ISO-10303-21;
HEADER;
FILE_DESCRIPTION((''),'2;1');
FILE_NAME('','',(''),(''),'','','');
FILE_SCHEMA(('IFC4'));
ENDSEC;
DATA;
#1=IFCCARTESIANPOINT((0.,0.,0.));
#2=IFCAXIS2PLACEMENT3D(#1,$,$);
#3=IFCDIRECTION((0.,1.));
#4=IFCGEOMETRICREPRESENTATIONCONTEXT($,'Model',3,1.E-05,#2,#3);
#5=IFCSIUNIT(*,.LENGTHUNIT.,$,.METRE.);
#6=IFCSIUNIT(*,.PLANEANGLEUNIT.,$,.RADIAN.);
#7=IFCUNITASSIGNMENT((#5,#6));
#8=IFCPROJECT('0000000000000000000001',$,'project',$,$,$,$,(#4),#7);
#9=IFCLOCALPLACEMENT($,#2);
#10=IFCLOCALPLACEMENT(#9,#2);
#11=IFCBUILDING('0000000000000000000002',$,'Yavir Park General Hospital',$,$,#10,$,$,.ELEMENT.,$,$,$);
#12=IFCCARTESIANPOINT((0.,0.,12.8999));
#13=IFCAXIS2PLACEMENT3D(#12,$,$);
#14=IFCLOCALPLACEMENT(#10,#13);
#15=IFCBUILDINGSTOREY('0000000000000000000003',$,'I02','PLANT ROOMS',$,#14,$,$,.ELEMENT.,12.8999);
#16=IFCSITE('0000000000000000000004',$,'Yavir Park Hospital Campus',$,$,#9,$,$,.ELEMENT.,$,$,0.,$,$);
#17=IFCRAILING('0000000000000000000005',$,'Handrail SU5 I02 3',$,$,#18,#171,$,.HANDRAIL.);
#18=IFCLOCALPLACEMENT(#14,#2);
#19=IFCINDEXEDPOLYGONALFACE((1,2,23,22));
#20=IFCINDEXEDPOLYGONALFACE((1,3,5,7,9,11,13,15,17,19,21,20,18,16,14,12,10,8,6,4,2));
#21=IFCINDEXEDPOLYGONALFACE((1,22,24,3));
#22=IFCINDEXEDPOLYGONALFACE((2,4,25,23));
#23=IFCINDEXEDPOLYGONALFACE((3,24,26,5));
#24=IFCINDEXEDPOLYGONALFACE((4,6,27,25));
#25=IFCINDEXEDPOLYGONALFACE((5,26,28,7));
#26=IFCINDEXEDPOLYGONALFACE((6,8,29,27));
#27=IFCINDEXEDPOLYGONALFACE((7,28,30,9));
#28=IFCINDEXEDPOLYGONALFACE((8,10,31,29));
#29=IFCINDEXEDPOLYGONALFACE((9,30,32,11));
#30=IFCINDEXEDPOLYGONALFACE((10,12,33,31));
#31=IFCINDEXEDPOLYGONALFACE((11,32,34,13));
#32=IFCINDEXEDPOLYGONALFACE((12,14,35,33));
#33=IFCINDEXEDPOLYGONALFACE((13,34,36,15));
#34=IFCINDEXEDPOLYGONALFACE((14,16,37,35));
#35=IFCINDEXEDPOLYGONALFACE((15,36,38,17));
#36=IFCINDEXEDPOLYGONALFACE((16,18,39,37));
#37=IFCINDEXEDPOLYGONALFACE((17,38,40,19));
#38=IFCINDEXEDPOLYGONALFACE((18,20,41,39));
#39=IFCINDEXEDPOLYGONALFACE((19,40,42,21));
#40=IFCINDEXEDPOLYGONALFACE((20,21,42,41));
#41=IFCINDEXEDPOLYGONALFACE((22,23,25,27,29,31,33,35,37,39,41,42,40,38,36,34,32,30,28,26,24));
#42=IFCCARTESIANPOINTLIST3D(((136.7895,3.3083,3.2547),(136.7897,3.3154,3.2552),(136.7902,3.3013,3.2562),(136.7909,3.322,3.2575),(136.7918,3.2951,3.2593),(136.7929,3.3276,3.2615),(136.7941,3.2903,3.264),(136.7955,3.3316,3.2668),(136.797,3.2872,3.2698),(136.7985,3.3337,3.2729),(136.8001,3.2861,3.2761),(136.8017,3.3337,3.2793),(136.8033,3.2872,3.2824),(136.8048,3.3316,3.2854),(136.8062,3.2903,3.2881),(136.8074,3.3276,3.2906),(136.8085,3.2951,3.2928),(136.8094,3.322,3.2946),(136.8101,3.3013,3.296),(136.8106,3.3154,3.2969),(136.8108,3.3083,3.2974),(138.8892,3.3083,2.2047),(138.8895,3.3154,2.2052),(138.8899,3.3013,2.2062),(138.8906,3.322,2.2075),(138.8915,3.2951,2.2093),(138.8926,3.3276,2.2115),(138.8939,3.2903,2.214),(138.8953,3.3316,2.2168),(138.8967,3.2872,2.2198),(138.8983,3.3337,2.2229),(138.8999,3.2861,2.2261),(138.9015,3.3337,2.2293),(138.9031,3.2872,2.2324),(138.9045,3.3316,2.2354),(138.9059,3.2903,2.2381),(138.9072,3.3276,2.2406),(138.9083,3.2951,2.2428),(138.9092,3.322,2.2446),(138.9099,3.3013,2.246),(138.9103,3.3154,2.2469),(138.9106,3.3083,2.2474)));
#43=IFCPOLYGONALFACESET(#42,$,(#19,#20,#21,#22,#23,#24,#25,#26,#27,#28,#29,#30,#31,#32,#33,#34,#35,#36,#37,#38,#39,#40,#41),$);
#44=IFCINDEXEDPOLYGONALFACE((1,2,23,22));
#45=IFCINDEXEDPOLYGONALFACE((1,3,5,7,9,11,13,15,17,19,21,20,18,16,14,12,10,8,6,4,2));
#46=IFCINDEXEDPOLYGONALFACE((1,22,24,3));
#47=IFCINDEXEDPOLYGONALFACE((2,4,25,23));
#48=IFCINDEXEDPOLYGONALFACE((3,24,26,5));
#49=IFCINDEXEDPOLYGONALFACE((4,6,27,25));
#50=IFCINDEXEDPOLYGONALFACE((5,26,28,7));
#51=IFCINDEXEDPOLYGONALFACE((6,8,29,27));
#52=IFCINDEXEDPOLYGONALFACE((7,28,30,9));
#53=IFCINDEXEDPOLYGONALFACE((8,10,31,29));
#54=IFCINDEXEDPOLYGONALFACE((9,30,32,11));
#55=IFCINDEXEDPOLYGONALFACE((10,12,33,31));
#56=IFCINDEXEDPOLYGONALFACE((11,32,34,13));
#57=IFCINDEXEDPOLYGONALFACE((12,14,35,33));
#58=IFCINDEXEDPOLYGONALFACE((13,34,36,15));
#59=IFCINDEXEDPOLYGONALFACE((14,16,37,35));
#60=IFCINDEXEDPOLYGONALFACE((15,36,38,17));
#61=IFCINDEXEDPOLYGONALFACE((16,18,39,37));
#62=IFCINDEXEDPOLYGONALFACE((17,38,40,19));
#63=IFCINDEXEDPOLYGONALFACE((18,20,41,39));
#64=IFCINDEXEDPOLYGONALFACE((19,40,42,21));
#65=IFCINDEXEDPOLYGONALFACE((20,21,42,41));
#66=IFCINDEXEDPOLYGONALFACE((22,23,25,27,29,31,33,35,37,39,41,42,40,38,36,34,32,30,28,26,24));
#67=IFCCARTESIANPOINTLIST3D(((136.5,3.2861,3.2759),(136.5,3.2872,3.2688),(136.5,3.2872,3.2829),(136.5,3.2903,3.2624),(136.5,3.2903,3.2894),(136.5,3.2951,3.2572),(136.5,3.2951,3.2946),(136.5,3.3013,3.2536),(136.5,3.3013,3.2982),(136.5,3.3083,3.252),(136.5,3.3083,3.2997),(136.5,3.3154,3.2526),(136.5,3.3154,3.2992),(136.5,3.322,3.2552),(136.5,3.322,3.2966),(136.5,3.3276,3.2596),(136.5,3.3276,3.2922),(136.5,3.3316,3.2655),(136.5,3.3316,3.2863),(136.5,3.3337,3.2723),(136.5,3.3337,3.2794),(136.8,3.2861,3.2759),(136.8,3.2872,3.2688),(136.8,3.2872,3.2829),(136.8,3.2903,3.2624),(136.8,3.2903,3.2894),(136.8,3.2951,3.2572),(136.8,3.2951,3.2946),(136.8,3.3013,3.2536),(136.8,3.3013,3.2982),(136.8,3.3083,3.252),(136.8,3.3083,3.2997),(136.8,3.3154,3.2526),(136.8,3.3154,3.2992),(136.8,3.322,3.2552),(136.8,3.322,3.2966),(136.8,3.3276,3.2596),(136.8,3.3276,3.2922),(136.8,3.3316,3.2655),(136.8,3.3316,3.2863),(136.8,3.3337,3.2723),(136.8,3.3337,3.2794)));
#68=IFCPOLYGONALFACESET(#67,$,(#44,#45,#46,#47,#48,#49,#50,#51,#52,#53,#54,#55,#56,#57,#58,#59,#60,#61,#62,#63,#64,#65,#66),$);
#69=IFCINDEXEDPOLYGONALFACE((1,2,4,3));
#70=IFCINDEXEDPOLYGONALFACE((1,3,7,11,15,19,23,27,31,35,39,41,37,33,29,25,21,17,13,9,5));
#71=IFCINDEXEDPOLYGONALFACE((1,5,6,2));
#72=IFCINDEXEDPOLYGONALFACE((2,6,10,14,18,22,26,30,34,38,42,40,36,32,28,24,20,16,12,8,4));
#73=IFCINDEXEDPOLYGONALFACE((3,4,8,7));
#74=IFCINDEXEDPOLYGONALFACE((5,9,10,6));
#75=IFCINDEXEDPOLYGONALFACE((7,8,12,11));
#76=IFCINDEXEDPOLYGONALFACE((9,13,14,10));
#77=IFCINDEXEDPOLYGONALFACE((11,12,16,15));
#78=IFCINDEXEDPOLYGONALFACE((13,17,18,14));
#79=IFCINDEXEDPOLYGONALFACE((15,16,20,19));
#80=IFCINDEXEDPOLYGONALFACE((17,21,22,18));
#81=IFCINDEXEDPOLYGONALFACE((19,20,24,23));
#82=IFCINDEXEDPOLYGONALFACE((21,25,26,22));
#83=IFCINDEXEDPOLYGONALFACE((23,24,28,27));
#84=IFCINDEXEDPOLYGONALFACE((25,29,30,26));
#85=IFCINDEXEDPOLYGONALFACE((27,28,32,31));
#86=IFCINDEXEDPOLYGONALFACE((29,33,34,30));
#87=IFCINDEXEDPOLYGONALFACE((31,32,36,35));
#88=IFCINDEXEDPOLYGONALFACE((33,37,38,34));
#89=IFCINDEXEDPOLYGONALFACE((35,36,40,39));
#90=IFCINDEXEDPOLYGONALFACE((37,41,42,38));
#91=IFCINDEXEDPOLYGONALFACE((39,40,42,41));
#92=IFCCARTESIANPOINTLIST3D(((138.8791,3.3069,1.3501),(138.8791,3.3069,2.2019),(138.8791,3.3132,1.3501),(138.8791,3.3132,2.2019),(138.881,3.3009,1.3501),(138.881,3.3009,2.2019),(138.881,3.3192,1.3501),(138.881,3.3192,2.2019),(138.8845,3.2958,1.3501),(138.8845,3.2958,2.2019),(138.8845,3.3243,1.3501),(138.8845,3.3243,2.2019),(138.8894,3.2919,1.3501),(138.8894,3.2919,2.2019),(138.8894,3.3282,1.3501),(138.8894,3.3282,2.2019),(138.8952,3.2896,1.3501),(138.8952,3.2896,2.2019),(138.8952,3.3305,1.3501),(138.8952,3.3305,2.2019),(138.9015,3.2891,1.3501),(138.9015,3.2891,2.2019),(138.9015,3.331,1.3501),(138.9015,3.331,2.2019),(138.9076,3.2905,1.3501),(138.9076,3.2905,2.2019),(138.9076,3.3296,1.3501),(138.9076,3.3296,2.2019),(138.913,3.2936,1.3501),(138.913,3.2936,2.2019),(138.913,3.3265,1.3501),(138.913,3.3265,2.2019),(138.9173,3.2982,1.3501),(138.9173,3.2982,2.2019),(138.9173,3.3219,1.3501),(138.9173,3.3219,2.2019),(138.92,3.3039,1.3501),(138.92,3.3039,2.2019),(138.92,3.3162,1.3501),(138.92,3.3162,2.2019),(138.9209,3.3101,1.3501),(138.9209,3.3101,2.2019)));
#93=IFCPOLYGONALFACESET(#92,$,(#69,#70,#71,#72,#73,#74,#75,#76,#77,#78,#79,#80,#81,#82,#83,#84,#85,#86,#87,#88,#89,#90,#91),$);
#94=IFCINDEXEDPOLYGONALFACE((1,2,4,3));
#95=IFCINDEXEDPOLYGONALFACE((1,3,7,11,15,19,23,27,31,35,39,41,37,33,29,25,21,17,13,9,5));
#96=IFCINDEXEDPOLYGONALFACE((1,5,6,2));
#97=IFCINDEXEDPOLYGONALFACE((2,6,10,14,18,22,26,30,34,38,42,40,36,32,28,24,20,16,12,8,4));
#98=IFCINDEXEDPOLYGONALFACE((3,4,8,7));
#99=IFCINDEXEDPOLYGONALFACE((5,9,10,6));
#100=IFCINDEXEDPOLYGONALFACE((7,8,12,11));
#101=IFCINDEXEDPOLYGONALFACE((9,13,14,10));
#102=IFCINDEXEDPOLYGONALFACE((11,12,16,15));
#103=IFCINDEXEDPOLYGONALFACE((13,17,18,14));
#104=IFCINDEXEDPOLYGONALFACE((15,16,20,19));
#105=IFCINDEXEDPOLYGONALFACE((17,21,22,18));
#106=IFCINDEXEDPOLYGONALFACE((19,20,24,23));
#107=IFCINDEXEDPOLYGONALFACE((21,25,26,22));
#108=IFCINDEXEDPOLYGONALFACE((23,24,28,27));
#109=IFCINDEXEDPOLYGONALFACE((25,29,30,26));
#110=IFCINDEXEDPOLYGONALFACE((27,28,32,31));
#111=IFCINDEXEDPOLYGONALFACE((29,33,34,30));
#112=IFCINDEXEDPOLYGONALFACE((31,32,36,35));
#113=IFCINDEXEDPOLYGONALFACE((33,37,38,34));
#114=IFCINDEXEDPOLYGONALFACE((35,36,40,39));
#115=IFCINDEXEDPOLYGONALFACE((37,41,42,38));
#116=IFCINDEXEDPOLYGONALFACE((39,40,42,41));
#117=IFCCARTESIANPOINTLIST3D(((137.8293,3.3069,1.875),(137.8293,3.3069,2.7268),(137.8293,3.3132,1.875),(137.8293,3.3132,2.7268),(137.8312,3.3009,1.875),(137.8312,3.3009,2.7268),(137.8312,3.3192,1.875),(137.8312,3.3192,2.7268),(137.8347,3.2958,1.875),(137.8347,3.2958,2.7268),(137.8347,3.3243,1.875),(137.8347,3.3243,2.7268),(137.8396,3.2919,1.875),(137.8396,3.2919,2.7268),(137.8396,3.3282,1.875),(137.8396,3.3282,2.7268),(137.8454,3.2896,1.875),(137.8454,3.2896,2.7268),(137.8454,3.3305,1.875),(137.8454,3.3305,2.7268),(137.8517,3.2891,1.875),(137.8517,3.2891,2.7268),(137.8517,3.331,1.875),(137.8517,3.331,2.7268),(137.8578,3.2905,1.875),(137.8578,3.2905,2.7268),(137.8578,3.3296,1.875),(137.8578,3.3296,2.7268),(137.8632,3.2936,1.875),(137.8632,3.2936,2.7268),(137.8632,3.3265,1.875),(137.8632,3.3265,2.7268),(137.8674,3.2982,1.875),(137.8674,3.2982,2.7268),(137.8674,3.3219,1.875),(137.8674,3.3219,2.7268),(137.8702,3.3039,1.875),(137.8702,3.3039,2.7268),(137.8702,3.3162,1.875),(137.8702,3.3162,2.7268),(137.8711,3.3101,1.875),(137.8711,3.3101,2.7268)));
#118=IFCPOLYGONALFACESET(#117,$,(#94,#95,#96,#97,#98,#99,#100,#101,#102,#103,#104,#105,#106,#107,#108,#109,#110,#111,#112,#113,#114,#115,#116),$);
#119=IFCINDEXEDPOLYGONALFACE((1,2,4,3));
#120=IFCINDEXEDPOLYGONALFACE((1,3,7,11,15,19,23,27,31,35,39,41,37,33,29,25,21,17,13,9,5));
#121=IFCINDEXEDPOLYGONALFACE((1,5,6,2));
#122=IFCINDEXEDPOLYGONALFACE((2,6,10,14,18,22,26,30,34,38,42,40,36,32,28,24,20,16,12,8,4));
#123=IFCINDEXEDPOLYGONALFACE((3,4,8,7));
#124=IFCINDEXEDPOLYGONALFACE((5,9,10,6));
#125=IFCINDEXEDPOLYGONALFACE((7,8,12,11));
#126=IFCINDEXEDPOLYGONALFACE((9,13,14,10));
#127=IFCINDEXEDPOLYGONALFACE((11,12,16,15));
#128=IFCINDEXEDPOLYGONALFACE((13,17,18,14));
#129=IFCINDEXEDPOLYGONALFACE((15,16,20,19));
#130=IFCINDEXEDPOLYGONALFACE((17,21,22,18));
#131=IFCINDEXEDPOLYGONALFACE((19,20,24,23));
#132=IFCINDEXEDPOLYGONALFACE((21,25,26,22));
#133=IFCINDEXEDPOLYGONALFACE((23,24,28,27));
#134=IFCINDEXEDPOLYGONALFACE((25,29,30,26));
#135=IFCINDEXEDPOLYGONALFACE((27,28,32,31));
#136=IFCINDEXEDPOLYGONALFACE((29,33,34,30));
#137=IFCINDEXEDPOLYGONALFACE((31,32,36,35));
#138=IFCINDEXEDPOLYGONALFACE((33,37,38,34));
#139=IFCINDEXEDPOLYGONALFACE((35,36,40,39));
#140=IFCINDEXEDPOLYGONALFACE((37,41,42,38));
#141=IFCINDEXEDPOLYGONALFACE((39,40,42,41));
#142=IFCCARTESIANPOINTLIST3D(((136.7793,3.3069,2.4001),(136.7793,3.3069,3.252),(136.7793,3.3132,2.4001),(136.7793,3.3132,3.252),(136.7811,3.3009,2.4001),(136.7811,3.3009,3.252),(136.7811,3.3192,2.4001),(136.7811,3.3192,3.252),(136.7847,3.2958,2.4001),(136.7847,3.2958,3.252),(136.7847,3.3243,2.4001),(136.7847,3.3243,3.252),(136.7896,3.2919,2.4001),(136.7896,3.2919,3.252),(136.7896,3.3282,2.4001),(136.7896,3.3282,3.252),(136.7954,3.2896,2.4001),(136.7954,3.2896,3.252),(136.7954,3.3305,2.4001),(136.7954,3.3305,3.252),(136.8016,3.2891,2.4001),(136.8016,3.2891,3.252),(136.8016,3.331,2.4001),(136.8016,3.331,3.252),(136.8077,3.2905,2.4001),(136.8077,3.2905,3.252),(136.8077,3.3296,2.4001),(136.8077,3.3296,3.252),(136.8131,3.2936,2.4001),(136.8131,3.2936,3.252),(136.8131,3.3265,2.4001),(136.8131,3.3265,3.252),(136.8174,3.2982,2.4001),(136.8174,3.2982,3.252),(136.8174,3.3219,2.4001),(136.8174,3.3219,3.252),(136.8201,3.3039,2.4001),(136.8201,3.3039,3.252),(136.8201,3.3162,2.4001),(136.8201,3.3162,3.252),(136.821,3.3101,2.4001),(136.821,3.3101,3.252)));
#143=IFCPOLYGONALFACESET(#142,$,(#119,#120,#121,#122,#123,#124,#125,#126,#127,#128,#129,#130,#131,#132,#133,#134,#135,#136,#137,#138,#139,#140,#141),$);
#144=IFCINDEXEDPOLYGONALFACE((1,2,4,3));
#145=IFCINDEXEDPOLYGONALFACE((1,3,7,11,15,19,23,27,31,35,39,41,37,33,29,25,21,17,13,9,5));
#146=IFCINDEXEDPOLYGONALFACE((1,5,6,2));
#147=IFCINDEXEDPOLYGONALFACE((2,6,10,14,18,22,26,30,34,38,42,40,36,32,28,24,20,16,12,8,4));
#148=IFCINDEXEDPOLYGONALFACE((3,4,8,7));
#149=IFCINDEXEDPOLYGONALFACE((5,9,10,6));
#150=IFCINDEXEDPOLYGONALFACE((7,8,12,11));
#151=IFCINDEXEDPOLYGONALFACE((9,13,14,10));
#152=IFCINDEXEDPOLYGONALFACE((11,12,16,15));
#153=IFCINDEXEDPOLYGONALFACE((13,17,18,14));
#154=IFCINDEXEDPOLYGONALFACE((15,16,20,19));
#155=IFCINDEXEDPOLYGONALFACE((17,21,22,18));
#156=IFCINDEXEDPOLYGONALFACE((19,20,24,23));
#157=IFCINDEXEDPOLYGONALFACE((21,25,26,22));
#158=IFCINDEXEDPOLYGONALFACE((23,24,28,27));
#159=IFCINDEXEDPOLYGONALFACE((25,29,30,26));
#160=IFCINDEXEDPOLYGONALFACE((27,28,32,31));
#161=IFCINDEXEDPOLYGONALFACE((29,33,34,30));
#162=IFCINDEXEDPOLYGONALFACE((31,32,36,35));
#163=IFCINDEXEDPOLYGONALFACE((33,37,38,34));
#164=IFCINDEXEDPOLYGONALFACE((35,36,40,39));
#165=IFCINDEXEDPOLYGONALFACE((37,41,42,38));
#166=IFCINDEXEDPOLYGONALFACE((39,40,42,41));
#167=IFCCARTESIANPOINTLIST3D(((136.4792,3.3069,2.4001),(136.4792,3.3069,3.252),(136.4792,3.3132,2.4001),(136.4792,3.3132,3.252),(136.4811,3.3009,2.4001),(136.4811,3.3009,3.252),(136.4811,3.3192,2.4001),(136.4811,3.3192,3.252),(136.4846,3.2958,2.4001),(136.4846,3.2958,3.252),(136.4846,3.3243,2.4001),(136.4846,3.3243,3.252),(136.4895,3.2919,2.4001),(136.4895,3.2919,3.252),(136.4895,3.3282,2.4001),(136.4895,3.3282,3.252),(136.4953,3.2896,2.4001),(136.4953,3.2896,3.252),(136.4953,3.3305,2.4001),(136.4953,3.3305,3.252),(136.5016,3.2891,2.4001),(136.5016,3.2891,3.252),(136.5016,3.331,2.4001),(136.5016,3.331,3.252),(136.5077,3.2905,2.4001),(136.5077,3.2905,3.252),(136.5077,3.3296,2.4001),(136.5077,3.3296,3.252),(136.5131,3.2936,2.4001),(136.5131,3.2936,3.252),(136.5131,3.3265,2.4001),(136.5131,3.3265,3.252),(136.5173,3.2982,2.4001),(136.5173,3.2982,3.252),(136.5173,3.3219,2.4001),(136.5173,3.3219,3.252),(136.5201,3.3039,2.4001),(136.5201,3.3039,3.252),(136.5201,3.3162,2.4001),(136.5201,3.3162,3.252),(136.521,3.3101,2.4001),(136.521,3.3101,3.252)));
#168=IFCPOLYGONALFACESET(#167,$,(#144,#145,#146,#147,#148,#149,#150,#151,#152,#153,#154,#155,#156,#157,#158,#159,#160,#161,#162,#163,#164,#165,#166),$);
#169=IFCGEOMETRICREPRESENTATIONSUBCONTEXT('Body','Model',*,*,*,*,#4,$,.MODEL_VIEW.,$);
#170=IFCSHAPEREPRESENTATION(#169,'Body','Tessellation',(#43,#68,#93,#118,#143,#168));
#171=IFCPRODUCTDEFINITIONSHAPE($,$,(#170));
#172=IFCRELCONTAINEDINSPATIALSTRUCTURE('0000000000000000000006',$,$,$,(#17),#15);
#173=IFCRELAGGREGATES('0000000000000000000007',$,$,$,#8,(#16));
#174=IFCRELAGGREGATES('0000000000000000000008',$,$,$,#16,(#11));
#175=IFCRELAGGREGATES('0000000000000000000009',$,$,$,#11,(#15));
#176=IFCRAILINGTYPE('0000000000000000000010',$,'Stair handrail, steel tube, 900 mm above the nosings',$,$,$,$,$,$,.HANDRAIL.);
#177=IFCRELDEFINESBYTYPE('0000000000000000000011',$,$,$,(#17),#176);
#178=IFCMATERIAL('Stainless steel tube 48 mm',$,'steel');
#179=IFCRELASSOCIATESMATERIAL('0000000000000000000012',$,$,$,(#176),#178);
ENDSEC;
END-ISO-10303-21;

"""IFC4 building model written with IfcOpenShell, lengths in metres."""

from ifc_helpers import new_model, si_unit, direction, frame, origin, origin_2d, place, context, subcontext, project, spatial, circle, extrude, material, type_object, element, save


model = new_model("IFC4")

# Units and contexts
model_context = context("Model", 3, precision=1e-05, world=origin(), true_north=direction((0.0, 1.0)))
body_context = subcontext(model_context, "Body", "Model", "MODEL_VIEW")
ifc_project = project(units=[si_unit("LENGTHUNIT", "METRE"), si_unit("PLANEANGLEUNIT", "RADIAN")], contexts=[model_context])

# Site, building, storey
site_placement = place(None, origin())
site = spatial("IfcSite", under=ifc_project, at=site_placement, Name="Yavir Park Hospital Campus", CompositionType="ELEMENT", RefElevation=0.0)
building_placement = place(site_placement, origin())
building = spatial("IfcBuilding", under=site, at=building_placement, Name="Yavir Park General Hospital", CompositionType="ELEMENT")
storey_placement = place(building_placement, frame((0.0, 0.0, 12.8999)))
storey = spatial("IfcBuildingStorey", under=building, at=storey_placement, Name="I02", Description="PLANT ROOMS", CompositionType="ELEMENT", Elevation=12.8999)

# Railing
ifc_material_1 = material(Name="Stainless steel tube 48 mm", Category="steel")
railing_type_1 = type_object("IfcRailingType", Name="Stair handrail, steel tube, 900 mm above the nosings", PredefinedType="HANDRAIL", material=ifc_material_1)
for number, where, name in (
    (1, (138.8999, 3.3101, 1.3501), "Handrail SU5 I02 3"),
):
    element("IfcRailing", number, at=place(storey_placement, frame(where)), inside=storey, type_object=railing_type_1, Name=name, PredefinedType="HANDRAIL", context=body_context, shape_type="SweptSolid", body=[
        extrude(circle(Radius=0.0239, at=origin_2d()), frame((0.0, 0.0, 0.876), z_axis=(-0.894406, 0.0, 0.447255), x_axis=(0.0, -1.0, 0.0)), (0.0, 0.0, 1.0), 2.3477),
        extrude(circle(Radius=0.0239, at=origin_2d()), frame((-2.0999, 0.0, 1.9258), z_axis=(-1.0, 0.0, 0.0), x_axis=(0.0, -1.0, 0.0)), (0.0, 0.0, 1.0), 0.3),
        extrude(circle(Radius=0.021, at=origin_2d()), origin(), (0.0, 0.0, 1.0), 0.8518),
        extrude(circle(Radius=0.021, at=origin_2d()), frame((-1.0498, 0.0, 0.5249)), (0.0, 0.0, 1.0), 0.8518),
        extrude(circle(Radius=0.021, at=origin_2d()), frame((-2.0999, 0.0, 1.05)), (0.0, 0.0, 1.0), 0.8518),
        extrude(circle(Radius=0.021, at=origin_2d()), frame((-2.3999, 0.0, 1.05)), (0.0, 0.0, 1.0), 0.8518),
    ])

save(model, "model.ifc")
